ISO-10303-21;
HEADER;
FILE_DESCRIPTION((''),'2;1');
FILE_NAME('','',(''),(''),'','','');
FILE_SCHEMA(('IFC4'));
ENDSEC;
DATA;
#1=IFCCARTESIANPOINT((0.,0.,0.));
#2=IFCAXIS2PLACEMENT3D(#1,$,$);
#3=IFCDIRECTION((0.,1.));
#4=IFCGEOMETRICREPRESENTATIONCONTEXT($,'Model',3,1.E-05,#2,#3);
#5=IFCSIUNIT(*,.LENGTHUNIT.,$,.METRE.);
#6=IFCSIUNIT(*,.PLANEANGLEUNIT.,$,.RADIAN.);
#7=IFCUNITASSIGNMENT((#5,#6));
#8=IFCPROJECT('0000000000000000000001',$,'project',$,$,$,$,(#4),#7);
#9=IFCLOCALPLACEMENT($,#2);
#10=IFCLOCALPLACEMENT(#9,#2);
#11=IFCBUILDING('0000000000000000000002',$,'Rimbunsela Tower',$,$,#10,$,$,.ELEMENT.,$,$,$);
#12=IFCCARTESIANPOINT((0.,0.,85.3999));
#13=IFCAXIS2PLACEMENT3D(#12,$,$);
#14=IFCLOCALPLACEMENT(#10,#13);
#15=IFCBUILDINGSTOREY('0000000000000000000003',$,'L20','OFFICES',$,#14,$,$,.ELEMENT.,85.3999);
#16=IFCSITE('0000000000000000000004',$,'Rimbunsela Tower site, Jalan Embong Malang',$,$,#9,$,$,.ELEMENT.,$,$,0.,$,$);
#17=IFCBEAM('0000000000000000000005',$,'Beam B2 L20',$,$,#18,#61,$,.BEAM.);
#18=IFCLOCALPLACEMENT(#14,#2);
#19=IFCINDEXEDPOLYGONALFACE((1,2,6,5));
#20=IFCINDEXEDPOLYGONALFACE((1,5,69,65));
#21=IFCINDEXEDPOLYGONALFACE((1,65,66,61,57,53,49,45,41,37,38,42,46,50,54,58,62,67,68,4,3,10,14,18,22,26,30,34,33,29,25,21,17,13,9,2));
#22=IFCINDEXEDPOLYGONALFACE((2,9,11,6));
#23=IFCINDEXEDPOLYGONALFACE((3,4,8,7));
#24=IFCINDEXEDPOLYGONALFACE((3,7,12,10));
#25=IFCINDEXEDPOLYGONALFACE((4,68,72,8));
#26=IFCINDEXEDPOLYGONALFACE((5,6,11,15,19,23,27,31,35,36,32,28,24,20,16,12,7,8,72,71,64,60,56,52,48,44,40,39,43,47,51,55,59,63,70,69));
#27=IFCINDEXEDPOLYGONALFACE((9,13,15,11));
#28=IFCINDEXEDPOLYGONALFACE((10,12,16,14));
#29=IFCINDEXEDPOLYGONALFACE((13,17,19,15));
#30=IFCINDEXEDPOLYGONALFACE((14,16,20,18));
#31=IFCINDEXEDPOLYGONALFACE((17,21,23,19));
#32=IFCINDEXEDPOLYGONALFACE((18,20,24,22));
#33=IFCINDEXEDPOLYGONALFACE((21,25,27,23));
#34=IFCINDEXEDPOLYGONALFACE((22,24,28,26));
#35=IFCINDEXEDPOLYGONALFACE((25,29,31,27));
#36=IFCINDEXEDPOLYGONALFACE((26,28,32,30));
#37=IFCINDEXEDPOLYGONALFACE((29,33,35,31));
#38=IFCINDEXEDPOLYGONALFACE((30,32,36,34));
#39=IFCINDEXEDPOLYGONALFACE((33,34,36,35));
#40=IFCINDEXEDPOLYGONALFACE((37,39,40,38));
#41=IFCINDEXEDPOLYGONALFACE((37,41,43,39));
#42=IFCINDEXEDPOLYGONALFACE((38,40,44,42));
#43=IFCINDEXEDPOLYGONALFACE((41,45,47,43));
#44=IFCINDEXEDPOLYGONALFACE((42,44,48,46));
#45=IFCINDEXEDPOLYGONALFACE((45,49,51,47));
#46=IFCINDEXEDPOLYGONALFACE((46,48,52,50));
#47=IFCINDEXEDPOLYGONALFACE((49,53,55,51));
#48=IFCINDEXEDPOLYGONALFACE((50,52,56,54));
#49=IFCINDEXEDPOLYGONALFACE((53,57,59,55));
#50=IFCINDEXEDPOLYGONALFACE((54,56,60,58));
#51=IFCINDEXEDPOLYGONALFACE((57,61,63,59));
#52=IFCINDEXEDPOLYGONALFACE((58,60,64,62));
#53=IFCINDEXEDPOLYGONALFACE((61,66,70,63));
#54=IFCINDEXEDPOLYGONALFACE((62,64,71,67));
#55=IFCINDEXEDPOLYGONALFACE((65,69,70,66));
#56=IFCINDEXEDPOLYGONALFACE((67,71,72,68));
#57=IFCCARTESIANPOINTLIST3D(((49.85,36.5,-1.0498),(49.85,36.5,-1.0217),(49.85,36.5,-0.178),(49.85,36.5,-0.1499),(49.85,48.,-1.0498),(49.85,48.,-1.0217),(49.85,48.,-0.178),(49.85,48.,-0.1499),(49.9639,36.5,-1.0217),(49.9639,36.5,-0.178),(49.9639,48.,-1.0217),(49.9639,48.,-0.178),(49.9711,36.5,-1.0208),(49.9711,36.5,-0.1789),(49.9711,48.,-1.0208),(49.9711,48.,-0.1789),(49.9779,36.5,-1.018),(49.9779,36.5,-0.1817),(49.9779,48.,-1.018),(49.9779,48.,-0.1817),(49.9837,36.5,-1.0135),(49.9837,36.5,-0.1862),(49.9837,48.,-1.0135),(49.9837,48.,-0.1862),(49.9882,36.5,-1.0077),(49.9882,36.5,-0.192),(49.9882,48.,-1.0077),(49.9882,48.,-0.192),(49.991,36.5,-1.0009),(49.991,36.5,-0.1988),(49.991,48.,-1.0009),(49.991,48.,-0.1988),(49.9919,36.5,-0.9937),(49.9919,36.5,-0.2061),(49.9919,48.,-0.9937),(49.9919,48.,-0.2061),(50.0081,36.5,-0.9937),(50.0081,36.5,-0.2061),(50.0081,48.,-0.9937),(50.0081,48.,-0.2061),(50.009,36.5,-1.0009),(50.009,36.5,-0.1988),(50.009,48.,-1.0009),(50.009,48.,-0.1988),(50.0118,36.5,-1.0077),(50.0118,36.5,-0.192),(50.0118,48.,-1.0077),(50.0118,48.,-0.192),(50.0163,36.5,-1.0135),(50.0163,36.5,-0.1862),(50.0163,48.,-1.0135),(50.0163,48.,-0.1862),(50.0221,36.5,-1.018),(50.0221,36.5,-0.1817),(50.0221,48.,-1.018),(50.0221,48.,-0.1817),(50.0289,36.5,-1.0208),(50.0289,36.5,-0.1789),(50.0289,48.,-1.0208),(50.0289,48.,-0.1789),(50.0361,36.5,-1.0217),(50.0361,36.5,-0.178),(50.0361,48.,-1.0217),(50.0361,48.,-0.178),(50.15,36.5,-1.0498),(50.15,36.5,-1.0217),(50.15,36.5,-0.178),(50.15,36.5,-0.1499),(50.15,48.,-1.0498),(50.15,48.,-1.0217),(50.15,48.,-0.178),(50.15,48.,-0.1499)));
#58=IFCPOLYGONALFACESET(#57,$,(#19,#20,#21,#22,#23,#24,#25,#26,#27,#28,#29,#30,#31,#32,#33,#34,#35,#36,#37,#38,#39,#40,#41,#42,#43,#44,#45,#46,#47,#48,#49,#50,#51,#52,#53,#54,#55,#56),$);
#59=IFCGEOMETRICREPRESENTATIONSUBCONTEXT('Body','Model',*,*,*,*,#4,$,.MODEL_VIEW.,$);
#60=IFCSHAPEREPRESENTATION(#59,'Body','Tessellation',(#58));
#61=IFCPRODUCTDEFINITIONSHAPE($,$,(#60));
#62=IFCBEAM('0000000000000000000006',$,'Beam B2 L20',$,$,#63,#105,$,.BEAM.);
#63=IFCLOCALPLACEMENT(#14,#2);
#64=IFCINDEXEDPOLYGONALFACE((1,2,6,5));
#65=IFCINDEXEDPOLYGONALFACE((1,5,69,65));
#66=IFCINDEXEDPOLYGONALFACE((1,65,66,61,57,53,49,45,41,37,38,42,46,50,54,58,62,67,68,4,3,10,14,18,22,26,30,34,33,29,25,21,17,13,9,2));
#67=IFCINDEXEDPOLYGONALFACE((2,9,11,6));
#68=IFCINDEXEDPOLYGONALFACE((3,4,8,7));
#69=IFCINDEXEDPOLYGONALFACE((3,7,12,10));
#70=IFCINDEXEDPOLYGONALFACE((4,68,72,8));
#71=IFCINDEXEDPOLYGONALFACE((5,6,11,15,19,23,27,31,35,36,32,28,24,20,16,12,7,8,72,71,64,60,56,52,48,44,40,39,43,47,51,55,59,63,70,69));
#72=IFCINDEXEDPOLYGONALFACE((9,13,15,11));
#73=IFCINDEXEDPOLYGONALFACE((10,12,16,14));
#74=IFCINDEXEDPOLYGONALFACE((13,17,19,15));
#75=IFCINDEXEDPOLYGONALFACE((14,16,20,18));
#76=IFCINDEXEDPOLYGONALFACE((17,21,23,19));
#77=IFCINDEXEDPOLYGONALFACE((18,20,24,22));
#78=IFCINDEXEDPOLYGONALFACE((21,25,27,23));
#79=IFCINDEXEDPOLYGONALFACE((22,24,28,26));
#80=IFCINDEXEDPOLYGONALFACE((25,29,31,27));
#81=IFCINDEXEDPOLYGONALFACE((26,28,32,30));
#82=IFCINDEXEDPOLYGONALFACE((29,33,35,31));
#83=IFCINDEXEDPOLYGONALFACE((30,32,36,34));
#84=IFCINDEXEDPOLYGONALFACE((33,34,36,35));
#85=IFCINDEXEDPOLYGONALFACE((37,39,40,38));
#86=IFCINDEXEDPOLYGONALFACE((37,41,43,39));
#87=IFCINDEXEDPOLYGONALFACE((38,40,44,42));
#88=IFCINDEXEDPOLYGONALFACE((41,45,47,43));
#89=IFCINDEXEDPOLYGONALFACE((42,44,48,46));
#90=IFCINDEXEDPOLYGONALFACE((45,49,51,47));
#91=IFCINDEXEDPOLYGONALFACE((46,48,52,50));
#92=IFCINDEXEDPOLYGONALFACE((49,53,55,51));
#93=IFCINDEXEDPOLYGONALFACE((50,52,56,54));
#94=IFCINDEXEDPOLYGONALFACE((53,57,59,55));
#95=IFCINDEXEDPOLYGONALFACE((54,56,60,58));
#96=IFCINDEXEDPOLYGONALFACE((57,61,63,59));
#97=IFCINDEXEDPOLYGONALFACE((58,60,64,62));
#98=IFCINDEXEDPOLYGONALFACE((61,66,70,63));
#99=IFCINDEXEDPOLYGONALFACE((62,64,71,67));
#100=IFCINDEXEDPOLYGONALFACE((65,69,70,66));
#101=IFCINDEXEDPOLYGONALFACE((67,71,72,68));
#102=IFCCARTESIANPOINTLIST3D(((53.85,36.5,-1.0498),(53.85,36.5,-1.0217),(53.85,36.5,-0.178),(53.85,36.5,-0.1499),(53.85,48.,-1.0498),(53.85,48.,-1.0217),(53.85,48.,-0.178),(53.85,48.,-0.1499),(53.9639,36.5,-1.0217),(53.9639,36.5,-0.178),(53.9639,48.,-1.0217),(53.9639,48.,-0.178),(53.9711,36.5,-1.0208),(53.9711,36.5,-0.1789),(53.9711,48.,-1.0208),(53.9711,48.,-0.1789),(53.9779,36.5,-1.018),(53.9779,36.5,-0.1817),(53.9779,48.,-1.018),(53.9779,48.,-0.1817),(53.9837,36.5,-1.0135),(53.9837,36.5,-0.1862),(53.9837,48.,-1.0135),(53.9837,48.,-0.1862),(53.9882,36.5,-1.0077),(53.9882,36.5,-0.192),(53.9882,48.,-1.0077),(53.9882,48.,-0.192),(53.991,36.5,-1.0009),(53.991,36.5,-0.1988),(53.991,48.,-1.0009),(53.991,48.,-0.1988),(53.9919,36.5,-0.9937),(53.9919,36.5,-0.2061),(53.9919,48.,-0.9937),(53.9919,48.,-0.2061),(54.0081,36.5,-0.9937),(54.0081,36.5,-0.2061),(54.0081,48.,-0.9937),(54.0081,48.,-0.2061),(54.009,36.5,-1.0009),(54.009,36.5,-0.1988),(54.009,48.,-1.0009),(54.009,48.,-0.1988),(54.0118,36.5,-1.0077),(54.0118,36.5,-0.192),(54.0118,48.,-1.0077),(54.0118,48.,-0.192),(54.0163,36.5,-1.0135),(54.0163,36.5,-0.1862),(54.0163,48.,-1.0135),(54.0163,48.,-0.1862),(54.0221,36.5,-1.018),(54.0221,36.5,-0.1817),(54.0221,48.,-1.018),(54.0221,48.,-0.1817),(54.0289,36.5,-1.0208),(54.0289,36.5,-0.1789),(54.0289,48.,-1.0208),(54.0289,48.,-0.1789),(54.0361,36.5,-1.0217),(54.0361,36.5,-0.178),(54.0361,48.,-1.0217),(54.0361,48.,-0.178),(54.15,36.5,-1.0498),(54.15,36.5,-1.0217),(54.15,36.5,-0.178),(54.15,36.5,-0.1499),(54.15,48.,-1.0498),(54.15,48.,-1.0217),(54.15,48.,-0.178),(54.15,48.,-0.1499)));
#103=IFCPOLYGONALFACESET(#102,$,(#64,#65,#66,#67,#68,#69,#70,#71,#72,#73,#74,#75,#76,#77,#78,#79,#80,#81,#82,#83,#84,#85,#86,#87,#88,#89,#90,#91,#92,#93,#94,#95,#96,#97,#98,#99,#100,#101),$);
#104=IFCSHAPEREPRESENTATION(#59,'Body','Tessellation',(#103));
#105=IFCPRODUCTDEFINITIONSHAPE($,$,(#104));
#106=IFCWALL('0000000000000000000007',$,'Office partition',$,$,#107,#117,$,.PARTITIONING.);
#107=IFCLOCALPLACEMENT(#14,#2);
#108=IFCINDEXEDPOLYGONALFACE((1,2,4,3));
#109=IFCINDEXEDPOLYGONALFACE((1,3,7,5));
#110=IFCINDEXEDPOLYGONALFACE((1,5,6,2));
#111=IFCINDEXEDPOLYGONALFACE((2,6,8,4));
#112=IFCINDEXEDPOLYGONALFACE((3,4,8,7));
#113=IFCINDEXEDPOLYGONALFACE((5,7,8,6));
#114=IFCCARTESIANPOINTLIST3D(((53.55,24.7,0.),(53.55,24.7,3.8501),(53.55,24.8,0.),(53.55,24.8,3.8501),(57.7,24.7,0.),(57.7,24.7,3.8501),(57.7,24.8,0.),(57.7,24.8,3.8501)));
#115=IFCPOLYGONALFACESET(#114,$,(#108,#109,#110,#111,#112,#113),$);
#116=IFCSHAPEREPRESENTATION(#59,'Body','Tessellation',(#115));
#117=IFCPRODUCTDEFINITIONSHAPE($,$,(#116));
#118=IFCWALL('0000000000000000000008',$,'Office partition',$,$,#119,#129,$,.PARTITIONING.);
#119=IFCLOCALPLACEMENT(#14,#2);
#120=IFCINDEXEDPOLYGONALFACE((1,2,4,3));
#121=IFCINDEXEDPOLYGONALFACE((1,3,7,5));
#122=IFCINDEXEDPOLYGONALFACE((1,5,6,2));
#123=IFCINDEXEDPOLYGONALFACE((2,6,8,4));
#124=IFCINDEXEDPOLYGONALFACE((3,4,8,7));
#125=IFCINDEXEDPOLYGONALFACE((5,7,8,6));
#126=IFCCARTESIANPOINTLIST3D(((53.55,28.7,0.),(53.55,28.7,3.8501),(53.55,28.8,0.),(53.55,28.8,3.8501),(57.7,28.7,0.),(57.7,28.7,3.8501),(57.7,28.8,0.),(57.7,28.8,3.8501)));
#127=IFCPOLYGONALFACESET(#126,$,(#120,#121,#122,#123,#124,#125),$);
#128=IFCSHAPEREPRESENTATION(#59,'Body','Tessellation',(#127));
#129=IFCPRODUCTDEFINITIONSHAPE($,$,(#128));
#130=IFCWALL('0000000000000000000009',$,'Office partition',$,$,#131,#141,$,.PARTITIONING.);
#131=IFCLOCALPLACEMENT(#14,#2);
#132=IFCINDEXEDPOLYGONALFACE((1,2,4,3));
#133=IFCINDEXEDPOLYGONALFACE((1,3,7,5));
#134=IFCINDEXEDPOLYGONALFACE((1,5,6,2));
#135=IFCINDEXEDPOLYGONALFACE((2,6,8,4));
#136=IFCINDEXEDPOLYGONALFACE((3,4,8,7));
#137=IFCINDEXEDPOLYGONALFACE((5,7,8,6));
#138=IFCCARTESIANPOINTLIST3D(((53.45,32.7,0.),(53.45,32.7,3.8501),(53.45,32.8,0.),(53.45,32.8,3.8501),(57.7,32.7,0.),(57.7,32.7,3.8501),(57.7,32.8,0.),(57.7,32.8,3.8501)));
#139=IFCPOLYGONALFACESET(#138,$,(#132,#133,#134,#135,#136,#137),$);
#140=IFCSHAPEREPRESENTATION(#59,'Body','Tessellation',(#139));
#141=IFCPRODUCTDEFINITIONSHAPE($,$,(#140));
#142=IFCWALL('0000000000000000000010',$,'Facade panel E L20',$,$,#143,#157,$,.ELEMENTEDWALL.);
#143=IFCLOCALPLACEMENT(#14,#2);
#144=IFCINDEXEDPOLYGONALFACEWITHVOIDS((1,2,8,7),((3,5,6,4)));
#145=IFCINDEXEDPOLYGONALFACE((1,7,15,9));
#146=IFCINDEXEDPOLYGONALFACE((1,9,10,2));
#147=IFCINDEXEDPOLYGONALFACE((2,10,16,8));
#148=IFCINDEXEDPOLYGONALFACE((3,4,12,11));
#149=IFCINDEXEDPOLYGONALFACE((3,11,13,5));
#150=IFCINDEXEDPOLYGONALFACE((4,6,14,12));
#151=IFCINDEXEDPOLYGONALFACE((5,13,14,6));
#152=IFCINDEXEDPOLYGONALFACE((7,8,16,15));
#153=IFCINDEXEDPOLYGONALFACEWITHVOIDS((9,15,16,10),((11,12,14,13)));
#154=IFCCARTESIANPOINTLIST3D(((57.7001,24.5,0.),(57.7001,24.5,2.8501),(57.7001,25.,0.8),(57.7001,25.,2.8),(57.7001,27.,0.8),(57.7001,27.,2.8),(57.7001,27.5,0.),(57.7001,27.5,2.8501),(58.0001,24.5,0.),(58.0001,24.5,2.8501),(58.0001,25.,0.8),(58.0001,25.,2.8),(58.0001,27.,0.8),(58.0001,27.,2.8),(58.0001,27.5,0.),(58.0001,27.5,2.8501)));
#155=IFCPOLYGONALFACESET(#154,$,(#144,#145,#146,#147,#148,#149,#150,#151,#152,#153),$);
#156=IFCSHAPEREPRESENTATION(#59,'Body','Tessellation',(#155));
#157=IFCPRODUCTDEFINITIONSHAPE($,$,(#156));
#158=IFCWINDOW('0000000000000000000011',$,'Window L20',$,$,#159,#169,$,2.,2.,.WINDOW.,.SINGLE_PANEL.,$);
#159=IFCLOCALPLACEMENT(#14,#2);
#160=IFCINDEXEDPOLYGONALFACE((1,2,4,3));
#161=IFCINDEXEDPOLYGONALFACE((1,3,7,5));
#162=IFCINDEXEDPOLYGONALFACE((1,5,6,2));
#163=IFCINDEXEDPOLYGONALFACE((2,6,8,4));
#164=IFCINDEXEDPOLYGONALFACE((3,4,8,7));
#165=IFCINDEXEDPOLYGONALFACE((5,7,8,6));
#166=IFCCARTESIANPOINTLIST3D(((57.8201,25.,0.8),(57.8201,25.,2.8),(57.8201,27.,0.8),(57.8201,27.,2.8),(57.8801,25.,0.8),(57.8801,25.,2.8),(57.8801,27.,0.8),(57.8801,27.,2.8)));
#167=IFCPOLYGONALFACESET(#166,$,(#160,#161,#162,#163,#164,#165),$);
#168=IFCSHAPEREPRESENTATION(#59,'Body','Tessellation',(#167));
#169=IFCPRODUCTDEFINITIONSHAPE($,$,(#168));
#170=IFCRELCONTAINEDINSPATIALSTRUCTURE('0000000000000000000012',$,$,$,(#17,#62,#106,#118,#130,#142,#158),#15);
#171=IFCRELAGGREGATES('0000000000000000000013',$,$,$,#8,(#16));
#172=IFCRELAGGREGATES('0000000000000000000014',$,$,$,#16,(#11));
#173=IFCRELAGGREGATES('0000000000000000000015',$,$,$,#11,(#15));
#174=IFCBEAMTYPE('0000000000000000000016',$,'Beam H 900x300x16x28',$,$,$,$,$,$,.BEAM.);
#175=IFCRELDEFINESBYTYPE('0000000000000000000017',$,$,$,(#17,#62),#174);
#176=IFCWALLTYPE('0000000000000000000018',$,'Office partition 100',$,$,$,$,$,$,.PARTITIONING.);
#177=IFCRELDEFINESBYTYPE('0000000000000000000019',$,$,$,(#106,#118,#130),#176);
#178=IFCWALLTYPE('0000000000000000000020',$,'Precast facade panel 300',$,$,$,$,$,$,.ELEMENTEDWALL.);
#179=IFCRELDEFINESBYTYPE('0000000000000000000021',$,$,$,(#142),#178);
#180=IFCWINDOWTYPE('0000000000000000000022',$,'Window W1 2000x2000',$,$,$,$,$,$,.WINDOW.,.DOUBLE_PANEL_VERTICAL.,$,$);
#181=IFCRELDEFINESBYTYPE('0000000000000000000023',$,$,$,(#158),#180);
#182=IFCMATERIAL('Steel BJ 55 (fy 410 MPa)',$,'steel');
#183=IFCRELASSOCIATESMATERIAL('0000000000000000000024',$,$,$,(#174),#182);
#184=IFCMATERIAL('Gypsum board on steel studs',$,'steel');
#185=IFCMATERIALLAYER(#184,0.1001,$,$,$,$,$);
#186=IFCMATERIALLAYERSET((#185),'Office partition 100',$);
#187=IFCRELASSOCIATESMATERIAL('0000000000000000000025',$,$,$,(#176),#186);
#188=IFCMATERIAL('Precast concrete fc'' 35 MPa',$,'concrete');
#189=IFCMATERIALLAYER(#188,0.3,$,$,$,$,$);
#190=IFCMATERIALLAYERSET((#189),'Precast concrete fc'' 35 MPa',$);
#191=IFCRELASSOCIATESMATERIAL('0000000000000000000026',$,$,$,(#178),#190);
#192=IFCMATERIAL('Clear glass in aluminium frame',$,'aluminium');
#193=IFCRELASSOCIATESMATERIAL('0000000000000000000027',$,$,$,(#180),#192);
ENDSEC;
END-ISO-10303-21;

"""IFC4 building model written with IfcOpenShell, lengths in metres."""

from ifc_helpers import new_model, si_unit, direction, frame, frame_2d, origin, origin_2d, place, context, subcontext, project, spatial, rectangle, i_section, extrude, material, layer, layer_set, material_profile, profile_set, type_object, element, fill, save


model = new_model("IFC4")

# Units and contexts
model_context = context("Model", 3, precision=1e-05, world=origin(), true_north=direction((0.0, 1.0)))
body_context = subcontext(model_context, "Body", "Model", "MODEL_VIEW")
ifc_project = project(units=[si_unit("LENGTHUNIT", "METRE"), si_unit("PLANEANGLEUNIT", "RADIAN")], contexts=[model_context])

# Site, building, storey
site_placement = place(None, origin())
site = spatial("IfcSite", under=ifc_project, at=site_placement, Name="Rimbunsela Tower site, Jalan Embong Malang", CompositionType="ELEMENT", RefElevation=0.0)
building_placement = place(site_placement, origin())
building = spatial("IfcBuilding", under=site, at=building_placement, Name="Rimbunsela Tower", CompositionType="ELEMENT")
storey_placement = place(building_placement, frame((0.0, 0.0, 85.3999)))
storey = spatial("IfcBuildingStorey", under=building, at=storey_placement, Name="L20", Description="OFFICES", CompositionType="ELEMENT", Elevation=85.3999)

# Beams
ifc_material_1 = material(Name="Steel BJ 55 (fy 410 MPa)", Category="steel")
ifc_material_profile_1 = material_profile(ifc_material_1, i_section(OverallWidth=0.3, OverallDepth=0.8999, WebThickness=0.0161, FlangeThickness=0.0281, FilletRadius=0.0281, at=origin_2d()), Name="H 900x300x16x28")
ifc_profile_set_1 = profile_set([ifc_material_profile_1], Name="Steel BJ 55 (fy 410 MPa)")
beam_type_1 = type_object("IfcBeamType", Name="Beam H 900x300x16x28", PredefinedType="BEAM", material=ifc_profile_set_1)
for number, where, z_axis, x_axis, name in (
    (1, (50.0, 36.5, -0.5999), (0.0, 1.0, 0.0), (-1.0, 0.0, 0.0), "Beam B2 L20"),
    (2, (54.0, 36.5, -0.5999), (0.0, 1.0, 0.0), (-1.0, 0.0, 0.0), "Beam B2 L20"),
):
    element("IfcBeam", number, at=place(storey_placement, frame(where, z_axis=z_axis, x_axis=x_axis)), inside=storey, type_object=beam_type_1, Name=name, PredefinedType="BEAM", context=body_context, shape_type="SweptSolid", body=[
        extrude(i_section(OverallWidth=0.3, OverallDepth=0.8999, WebThickness=0.0161, FlangeThickness=0.0281, FilletRadius=0.0281, at=origin_2d()), origin(), (0.0, 0.0, 1.0), 11.5),
    ])

# Walls
ifc_material_2 = material(Name="Gypsum board on steel studs", Category="steel")
ifc_layer_1 = layer(ifc_material_2, 0.1001)
ifc_layer_set_1 = layer_set([ifc_layer_1], Name="Office partition 100")
wall_type_1 = type_object("IfcWallType", Name="Office partition 100", PredefinedType="PARTITIONING", material=ifc_layer_set_1)
for number, where, z_axis, x_axis, name in (
    (3, (53.55, 24.75, 0.0), (0.0, 0.0, 1.0), (1.0, 0.0, 0.0), "Office partition"),
    (4, (53.55, 28.75, 0.0), (0.0, 0.0, 1.0), (1.0, 0.0, 0.0), "Office partition"),
):
    element("IfcWall", number, at=place(storey_placement, frame(where, z_axis=z_axis, x_axis=x_axis)), inside=storey, type_object=wall_type_1, Name=name, PredefinedType="PARTITIONING", context=body_context, shape_type="SweptSolid", body=[
        extrude(rectangle(XDim=4.1499, YDim=0.1001, at=frame_2d((2.075, 0.0))), origin(), (0.0, 0.0, 1.0), 3.8501),
    ])
wall_1_placement = place(storey_placement, frame((53.45, 32.75, 0.0), z_axis=(0.0, 0.0, 1.0), x_axis=(1.0, 0.0, 0.0)))
element("IfcWall", 5, at=wall_1_placement, inside=storey, type_object=wall_type_1, Name="Office partition", PredefinedType="PARTITIONING", context=body_context, shape_type="SweptSolid", body=[
    extrude(rectangle(XDim=4.25, YDim=0.1001, at=frame_2d((2.125, 0.0))), origin(), (0.0, 0.0, 1.0), 3.8501),
])

# Wall, opening, window
ifc_material_3 = material(Name="Precast concrete fc' 35 MPa", Category="concrete")
ifc_layer_2 = layer(ifc_material_3, 0.3)
ifc_layer_set_2 = layer_set([ifc_layer_2], Name="Precast concrete fc' 35 MPa")
wall_type_2 = type_object("IfcWallType", Name="Precast facade panel 300", PredefinedType="ELEMENTEDWALL", material=ifc_layer_set_2)
wall_2_placement = place(storey_placement, frame((57.8501, 24.5, 0.0), z_axis=(0.0, 0.0, 1.0), x_axis=(0.0, 1.0, 0.0)))
wall_2 = element("IfcWall", 6, at=wall_2_placement, inside=storey, type_object=wall_type_2, Name="Facade panel E L20", PredefinedType="ELEMENTEDWALL", context=body_context, shape_type="SweptSolid", body=[
    extrude(rectangle(XDim=3.0, YDim=0.3, at=frame_2d((1.5, 0.0))), origin(), (0.0, 0.0, 1.0), 2.8501),
])
opening_1_placement = place(wall_2_placement, frame((0.5, 0.0, 0.8)))
opening_1 = element("IfcOpeningElement", 7, at=opening_1_placement, cuts=wall_2, PredefinedType="OPENING", context=body_context, shape_type="SweptSolid", body=[
    extrude(rectangle(XDim=2.0, YDim=2.0, at=frame_2d((1.0, 1.0))), frame((0.0, 0.1599, 0.0), z_axis=(0.0, -1.0, 0.0), x_axis=(1.0, 0.0, 0.0)), (0.0, 0.0, 1.0), 0.3201),
])
ifc_material_4 = material(Name="Clear glass in aluminium frame", Category="aluminium")
window_type = type_object("IfcWindowType", Name="Window W1 2000x2000", PartitioningType="DOUBLE_PANEL_VERTICAL", PredefinedType="WINDOW", material=ifc_material_4)
window_1_placement = place(opening_1_placement, origin())
window_1 = element("IfcWindow", 8, at=window_1_placement, inside=storey, type_object=window_type, Name="Window L20", OverallHeight=2.0, OverallWidth=2.0, PartitioningType="SINGLE_PANEL", PredefinedType="WINDOW", context=body_context, shape_type="SweptSolid", body=[
    extrude(rectangle(XDim=2.0, YDim=2.0, at=frame_2d((1.0, 1.0))), frame((0.0, 0.03, 0.0), z_axis=(0.0, -1.0, 0.0), x_axis=(1.0, 0.0, 0.0)), (0.0, 0.0, 1.0), 0.0601),
])
fill(opening_1, window_1)

save(model, "model.ifc")
